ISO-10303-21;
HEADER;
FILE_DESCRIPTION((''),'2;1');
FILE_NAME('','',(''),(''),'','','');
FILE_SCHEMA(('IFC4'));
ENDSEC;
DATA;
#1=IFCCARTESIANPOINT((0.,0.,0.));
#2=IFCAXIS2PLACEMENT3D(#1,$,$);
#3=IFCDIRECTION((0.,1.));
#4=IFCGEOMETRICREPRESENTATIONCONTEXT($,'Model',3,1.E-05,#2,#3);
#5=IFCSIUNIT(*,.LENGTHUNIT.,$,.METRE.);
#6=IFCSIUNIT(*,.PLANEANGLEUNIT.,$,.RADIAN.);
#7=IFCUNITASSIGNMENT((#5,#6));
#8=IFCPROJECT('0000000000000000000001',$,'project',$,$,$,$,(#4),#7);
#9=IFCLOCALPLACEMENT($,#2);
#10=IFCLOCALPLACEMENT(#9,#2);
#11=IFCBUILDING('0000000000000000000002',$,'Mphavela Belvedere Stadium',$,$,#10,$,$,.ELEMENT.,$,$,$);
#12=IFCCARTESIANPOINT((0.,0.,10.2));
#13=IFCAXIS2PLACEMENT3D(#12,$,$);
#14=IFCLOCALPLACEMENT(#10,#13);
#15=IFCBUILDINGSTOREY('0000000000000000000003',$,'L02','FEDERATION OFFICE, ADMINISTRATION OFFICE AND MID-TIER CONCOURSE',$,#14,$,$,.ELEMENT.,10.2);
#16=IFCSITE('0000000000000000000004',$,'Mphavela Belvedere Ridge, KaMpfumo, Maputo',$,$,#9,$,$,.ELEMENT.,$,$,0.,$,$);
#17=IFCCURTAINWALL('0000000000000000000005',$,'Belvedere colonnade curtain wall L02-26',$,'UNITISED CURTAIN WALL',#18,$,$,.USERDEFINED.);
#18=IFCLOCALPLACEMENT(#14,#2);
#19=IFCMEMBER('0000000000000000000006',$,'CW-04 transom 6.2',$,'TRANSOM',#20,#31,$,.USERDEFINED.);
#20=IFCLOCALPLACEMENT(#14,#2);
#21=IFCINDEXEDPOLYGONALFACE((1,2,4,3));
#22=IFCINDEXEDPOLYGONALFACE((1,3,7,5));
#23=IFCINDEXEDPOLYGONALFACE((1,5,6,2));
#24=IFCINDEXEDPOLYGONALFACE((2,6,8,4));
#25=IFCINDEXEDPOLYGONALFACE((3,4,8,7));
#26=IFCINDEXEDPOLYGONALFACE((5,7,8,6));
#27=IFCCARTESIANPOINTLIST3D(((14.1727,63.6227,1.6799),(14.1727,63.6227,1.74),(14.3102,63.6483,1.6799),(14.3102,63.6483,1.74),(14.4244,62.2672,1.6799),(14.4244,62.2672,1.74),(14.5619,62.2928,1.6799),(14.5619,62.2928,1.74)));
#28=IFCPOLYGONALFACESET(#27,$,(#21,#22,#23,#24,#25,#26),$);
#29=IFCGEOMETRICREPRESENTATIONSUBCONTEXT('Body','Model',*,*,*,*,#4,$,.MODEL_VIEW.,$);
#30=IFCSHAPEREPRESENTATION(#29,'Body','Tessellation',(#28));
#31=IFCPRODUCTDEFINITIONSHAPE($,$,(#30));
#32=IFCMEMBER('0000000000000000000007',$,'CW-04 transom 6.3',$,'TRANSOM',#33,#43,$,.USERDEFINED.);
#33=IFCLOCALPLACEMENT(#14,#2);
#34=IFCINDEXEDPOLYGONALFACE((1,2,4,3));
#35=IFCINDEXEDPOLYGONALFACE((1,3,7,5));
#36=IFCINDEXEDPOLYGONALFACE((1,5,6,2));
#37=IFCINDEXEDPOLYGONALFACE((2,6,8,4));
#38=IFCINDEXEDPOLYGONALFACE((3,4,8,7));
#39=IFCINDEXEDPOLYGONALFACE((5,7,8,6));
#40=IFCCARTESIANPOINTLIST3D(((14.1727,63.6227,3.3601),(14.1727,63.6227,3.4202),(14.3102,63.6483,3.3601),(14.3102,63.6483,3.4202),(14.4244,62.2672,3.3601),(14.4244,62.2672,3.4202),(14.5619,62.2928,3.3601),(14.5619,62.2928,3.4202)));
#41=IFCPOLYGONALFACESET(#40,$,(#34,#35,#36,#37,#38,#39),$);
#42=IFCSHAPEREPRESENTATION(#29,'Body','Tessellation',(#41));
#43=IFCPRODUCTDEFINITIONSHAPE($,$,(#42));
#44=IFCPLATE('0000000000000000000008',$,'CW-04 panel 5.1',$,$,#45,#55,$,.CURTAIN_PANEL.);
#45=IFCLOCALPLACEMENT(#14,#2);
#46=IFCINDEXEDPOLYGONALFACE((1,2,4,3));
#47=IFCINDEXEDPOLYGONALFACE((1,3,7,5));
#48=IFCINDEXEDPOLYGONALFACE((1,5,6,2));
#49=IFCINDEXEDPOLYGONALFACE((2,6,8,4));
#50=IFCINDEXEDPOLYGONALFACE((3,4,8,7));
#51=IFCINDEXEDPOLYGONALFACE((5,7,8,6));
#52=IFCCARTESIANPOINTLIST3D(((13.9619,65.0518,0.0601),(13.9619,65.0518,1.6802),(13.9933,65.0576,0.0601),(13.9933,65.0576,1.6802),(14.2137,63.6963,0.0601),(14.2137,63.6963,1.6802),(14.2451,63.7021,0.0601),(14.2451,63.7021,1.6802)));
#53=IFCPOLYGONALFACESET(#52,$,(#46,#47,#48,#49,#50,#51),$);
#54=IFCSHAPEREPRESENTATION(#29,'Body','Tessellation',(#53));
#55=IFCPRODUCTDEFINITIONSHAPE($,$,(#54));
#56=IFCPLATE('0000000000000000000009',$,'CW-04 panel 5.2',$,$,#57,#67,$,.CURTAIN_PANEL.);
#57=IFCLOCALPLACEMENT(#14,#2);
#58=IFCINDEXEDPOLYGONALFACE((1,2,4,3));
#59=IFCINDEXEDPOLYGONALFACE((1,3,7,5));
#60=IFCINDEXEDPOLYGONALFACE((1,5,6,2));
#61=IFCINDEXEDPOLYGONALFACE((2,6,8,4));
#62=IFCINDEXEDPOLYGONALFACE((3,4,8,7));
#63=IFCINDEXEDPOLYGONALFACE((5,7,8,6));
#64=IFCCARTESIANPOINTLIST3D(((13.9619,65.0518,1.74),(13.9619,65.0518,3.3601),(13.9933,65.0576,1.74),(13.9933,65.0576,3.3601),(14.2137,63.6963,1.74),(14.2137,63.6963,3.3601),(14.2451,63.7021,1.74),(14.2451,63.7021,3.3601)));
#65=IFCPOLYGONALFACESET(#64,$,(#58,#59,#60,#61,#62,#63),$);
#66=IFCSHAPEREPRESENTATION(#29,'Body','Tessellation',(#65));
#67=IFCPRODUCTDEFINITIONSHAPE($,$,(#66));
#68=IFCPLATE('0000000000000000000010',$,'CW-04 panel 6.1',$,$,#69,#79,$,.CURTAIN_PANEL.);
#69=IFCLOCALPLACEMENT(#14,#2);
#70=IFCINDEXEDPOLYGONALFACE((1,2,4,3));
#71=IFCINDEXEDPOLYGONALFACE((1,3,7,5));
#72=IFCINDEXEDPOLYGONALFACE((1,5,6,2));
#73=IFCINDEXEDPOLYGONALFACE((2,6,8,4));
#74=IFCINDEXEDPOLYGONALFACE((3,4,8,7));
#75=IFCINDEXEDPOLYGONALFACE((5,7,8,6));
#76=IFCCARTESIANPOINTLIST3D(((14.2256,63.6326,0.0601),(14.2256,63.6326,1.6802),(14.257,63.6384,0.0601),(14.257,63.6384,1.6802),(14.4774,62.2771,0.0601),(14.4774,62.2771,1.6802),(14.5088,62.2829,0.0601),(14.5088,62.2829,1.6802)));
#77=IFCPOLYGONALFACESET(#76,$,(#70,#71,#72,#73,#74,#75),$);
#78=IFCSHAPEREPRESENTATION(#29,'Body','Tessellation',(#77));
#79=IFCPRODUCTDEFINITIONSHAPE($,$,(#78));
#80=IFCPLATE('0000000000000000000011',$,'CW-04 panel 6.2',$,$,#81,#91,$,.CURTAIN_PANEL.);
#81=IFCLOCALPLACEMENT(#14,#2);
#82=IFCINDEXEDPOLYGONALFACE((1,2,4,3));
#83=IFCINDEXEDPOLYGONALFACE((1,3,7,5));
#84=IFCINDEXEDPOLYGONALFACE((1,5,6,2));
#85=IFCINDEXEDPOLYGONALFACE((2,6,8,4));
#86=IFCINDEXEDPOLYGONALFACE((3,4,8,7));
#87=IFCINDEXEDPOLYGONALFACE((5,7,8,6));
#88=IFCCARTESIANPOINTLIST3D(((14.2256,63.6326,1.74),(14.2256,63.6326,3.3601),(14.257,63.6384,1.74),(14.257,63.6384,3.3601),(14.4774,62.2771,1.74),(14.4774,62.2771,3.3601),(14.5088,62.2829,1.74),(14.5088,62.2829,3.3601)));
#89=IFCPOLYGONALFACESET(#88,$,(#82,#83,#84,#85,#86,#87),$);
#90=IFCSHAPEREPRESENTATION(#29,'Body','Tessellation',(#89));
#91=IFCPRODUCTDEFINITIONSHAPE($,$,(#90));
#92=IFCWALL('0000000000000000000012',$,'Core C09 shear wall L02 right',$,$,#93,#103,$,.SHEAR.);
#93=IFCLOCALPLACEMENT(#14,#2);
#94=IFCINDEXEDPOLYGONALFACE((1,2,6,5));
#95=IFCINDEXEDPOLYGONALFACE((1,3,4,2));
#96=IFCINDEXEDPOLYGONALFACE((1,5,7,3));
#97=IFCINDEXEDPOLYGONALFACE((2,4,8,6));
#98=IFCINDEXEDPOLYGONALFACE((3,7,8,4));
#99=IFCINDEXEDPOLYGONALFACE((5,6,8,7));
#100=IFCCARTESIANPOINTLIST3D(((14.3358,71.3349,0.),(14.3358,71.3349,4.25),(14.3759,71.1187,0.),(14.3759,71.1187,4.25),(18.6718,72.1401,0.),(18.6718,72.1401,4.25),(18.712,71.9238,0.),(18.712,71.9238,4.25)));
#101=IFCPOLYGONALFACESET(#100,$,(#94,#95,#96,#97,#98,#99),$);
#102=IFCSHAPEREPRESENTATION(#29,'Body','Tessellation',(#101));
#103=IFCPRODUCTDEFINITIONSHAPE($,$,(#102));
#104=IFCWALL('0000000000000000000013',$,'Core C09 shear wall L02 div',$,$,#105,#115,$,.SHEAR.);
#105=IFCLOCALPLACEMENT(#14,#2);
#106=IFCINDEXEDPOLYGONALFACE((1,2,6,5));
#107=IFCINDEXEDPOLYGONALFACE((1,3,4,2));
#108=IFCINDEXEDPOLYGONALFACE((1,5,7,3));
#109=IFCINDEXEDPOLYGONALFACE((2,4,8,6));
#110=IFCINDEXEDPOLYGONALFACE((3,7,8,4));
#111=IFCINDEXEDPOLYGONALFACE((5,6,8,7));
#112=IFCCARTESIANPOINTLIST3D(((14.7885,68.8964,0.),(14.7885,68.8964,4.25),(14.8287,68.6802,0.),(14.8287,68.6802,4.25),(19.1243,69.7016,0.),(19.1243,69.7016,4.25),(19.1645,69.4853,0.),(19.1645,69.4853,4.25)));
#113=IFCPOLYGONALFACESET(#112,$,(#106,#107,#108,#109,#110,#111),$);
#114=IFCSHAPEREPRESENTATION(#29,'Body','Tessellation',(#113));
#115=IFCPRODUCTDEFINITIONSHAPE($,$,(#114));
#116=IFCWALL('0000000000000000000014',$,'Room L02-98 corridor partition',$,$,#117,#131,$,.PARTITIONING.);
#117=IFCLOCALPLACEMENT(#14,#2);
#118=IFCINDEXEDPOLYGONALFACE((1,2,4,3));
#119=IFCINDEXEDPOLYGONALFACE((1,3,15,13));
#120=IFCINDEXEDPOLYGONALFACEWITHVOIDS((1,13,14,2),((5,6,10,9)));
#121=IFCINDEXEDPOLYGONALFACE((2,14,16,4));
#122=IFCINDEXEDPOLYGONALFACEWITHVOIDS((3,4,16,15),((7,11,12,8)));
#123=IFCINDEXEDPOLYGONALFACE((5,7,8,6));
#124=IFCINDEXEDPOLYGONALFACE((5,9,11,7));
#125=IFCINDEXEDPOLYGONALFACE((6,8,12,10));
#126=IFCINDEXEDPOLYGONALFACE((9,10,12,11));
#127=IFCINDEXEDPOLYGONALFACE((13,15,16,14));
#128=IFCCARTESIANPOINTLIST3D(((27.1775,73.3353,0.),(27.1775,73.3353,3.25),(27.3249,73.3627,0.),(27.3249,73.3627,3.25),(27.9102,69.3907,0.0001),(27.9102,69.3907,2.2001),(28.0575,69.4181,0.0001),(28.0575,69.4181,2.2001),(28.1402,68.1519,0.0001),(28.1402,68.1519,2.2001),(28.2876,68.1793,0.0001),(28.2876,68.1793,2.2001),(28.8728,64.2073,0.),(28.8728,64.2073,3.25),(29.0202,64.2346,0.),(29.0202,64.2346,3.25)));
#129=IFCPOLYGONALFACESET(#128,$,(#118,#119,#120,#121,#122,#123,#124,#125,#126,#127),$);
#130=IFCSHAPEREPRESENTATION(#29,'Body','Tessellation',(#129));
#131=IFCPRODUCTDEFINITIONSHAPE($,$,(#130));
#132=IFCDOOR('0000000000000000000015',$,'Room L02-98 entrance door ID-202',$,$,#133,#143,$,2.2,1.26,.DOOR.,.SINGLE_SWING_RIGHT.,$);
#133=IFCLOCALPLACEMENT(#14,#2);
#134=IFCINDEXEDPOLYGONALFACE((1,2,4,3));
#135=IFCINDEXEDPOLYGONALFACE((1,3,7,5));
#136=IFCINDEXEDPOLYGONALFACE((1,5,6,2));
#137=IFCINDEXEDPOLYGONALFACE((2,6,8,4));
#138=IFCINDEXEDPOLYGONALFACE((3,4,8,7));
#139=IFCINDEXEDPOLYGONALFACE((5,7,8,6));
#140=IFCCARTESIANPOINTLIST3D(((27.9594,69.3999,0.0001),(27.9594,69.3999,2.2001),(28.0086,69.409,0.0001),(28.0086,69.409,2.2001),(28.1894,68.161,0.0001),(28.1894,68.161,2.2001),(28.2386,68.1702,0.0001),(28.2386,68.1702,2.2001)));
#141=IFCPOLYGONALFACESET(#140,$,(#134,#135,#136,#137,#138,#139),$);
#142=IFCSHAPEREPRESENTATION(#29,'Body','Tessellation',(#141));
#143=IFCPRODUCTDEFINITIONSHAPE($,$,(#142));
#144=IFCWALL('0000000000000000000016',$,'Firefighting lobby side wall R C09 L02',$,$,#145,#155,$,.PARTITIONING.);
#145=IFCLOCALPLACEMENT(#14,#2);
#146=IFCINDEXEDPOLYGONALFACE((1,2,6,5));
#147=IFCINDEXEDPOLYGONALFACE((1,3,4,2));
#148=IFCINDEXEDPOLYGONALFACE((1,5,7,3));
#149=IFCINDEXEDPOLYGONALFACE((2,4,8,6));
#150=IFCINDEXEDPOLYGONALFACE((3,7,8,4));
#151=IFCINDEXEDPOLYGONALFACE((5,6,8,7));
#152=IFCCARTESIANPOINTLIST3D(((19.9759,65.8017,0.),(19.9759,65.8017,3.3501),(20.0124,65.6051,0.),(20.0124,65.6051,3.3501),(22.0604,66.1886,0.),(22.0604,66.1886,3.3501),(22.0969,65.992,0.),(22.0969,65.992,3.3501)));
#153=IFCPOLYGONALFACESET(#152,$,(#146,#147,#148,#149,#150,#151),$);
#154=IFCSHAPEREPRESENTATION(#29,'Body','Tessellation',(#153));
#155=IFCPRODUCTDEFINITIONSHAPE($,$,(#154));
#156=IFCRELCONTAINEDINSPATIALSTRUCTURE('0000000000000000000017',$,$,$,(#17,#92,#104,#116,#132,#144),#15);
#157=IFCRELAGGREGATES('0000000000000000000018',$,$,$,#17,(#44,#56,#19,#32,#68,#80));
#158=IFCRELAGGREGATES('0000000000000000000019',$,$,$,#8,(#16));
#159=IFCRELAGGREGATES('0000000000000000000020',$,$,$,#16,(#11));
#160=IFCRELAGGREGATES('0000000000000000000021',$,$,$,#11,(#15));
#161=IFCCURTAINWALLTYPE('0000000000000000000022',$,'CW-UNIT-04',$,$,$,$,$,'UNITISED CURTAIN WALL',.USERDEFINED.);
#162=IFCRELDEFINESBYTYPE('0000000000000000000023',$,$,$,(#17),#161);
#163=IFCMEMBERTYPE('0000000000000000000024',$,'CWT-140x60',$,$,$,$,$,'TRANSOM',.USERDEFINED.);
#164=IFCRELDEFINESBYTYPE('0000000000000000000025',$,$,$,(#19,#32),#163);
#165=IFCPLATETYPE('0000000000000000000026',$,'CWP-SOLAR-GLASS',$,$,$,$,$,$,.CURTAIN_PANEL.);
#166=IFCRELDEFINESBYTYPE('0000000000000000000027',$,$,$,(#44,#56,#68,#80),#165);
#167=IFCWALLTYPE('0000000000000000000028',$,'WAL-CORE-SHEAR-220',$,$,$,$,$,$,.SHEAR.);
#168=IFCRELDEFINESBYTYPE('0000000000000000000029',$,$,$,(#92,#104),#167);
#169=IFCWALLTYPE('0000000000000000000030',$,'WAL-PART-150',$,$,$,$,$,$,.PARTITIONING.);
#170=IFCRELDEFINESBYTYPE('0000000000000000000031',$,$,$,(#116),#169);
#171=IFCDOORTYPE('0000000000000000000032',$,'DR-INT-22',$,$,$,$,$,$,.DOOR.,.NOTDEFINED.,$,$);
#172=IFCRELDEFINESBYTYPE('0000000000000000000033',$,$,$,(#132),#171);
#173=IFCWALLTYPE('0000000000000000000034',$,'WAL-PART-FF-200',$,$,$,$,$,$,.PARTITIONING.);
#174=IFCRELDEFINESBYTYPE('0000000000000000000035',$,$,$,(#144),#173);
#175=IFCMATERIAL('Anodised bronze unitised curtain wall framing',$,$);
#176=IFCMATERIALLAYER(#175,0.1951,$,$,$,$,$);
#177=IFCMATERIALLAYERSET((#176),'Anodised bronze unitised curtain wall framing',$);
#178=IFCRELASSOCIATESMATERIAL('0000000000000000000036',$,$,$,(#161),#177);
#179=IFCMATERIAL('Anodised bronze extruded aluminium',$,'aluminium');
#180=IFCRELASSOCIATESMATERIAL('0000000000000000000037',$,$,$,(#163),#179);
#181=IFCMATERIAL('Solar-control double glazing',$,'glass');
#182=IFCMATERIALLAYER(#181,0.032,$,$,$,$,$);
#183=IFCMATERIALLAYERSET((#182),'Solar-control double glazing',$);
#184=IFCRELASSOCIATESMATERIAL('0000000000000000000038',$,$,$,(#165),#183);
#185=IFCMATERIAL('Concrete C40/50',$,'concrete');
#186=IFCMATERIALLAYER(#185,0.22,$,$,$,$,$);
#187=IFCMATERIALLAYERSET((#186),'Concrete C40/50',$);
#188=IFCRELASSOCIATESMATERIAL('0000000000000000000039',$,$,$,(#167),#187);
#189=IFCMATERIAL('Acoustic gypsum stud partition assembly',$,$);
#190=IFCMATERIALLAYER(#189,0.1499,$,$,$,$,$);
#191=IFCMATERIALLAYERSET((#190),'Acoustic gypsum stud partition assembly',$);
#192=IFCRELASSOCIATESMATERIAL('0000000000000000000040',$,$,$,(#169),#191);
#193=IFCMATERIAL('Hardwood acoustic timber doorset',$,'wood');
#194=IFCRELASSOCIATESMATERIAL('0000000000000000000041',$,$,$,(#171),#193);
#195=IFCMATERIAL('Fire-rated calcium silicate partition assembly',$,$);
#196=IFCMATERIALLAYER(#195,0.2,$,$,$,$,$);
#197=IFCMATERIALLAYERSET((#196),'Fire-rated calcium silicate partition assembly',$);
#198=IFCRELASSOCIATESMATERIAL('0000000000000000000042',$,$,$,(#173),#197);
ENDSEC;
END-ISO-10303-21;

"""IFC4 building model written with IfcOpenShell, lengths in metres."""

from ifc_helpers import new_model, si_unit, direction, frame, frame_2d, origin, origin_2d, place, context, subcontext, project, spatial, rectangle, extrude, material, layer, layer_set, material_profile, profile_set, type_object, element, fill, aggregate, save


model = new_model("IFC4")

# Units and contexts
model_context = context("Model", 3, precision=1e-05, world=origin(), true_north=direction((0.0, 1.0)))
body_context = subcontext(model_context, "Body", "Model", "MODEL_VIEW")
ifc_project = project(units=[si_unit("LENGTHUNIT", "METRE"), si_unit("PLANEANGLEUNIT", "RADIAN")], contexts=[model_context])

# Site, building, storey
site_placement = place(None, origin())
site = spatial("IfcSite", under=ifc_project, at=site_placement, Name="Mphavela Belvedere Ridge, KaMpfumo, Maputo", CompositionType="ELEMENT", RefElevation=0.0)
building_placement = place(site_placement, origin())
building = spatial("IfcBuilding", under=site, at=building_placement, Name="Mphavela Belvedere Stadium", CompositionType="ELEMENT")
storey_placement = place(building_placement, frame((0.0, 0.0, 10.2)))
storey = spatial("IfcBuildingStorey", under=building, at=storey_placement, Name="L02", Description="FEDERATION OFFICE, ADMINISTRATION OFFICE AND MID-TIER CONCOURSE", CompositionType="ELEMENT", Elevation=10.2)

# Curtain wall, members, plates
ifc_material_1 = material(Name="Anodised bronze unitised curtain wall framing")
ifc_layer_1 = layer(ifc_material_1, 0.1951)
ifc_layer_set_1 = layer_set([ifc_layer_1], Name="Anodised bronze unitised curtain wall framing")
curtain_wall_type = type_object("IfcCurtainWallType", Name="CW-UNIT-04", ElementType="UNITISED CURTAIN WALL", PredefinedType="USERDEFINED", material=ifc_layer_set_1)
curtain_wall_placement = place(storey_placement, origin())
curtain_wall = element("IfcCurtainWall", 1, at=curtain_wall_placement, inside=storey, type_object=curtain_wall_type, Name="Belvedere colonnade curtain wall L02-26", ObjectType="UNITISED CURTAIN WALL", PredefinedType="USERDEFINED")
ifc_material_2 = material(Name="Anodised bronze extruded aluminium", Category="aluminium")
ifc_material_profile_1 = material_profile(ifc_material_2, rectangle(XDim=0.1399, YDim=0.0601, at=origin_2d()), Name="CW-TRN 140x60")
ifc_profile_set_1 = profile_set([ifc_material_profile_1], Name="Anodised bronze extruded aluminium")
member_type_1 = type_object("IfcMemberType", Name="CWT-140x60", ElementType="TRANSOM", PredefinedType="USERDEFINED", material=ifc_profile_set_1)
member_1_placement = place(storey_placement, frame((14.2415, 63.6355, 1.71), z_axis=(0.182578, -0.983191, 0.0), x_axis=(0.983191, 0.182578, 0.0)))
member_1 = element("IfcMember", 2, at=member_1_placement, type_object=member_type_1, Name="CW-04 transom 6.2", ObjectType="TRANSOM", PredefinedType="USERDEFINED", context=body_context, shape_type="SweptSolid", body=[
    extrude(rectangle(XDim=0.1399, YDim=0.0601, at=origin_2d()), origin(), (0.0, 0.0, 1.0), 1.3787),
])
member_2_placement = place(storey_placement, frame((14.2415, 63.6355, 3.3901), z_axis=(0.182578, -0.983191, 0.0), x_axis=(0.983191, 0.182578, 0.0)))
member_2 = element("IfcMember", 3, at=member_2_placement, type_object=member_type_1, Name="CW-04 transom 6.3", ObjectType="TRANSOM", PredefinedType="USERDEFINED", context=body_context, shape_type="SweptSolid", body=[
    extrude(rectangle(XDim=0.1399, YDim=0.0601, at=origin_2d()), origin(), (0.0, 0.0, 1.0), 1.3787),
])
ifc_material_3 = material(Name="Solar-control double glazing", Category="glass")
ifc_layer_2 = layer(ifc_material_3, 0.032)
ifc_layer_set_2 = layer_set([ifc_layer_2], Name="Solar-control double glazing")
plate_type = type_object("IfcPlateType", Name="CWP-SOLAR-GLASS", PredefinedType="CURTAIN_PANEL", material=ifc_layer_set_2)
plate_1_placement = place(storey_placement, frame((14.1035, 64.377, 0.0601), z_axis=(0.0, 0.0, 1.0), x_axis=(0.182625, -0.983183, 0.0)))
plate_1 = element("IfcPlate", 4, at=plate_1_placement, type_object=plate_type, Name="CW-04 panel 5.1", PredefinedType="CURTAIN_PANEL", context=body_context, shape_type="SweptSolid", body=[
    extrude(rectangle(XDim=1.3787, YDim=0.032, at=origin_2d()), origin(), (0.0, 0.0, 1.0), 1.6201),
])
plate_2_placement = place(storey_placement, frame((14.1035, 64.377, 1.74), z_axis=(0.0, 0.0, 1.0), x_axis=(0.182625, -0.983183, 0.0)))
plate_2 = element("IfcPlate", 5, at=plate_2_placement, type_object=plate_type, Name="CW-04 panel 5.2", PredefinedType="CURTAIN_PANEL", context=body_context, shape_type="SweptSolid", body=[
    extrude(rectangle(XDim=1.3787, YDim=0.032, at=origin_2d()), origin(), (0.0, 0.0, 1.0), 1.6201),
])
plate_3_placement = place(storey_placement, frame((14.3672, 62.9578, 0.0601), z_axis=(0.0, 0.0, 1.0), x_axis=(0.182625, -0.983183, 0.0)))
plate_3 = element("IfcPlate", 6, at=plate_3_placement, type_object=plate_type, Name="CW-04 panel 6.1", PredefinedType="CURTAIN_PANEL", context=body_context, shape_type="SweptSolid", body=[
    extrude(rectangle(XDim=1.3787, YDim=0.032, at=origin_2d()), origin(), (0.0, 0.0, 1.0), 1.6201),
])
plate_4_placement = place(storey_placement, frame((14.3672, 62.9578, 1.74), z_axis=(0.0, 0.0, 1.0), x_axis=(0.182625, -0.983183, 0.0)))
plate_4 = element("IfcPlate", 7, at=plate_4_placement, type_object=plate_type, Name="CW-04 panel 6.2", PredefinedType="CURTAIN_PANEL", context=body_context, shape_type="SweptSolid", body=[
    extrude(rectangle(XDim=1.3787, YDim=0.032, at=origin_2d()), origin(), (0.0, 0.0, 1.0), 1.6201),
])
aggregate(curtain_wall, [plate_1, plate_2, member_1, member_2, plate_3, plate_4])

# Walls
ifc_material_4 = material(Name="Concrete C40/50", Category="concrete")
ifc_layer_3 = layer(ifc_material_4, 0.22)
ifc_layer_set_3 = layer_set([ifc_layer_3], Name="Concrete C40/50")
wall_type_1 = type_object("IfcWallType", Name="WAL-CORE-SHEAR-220", PredefinedType="SHEAR", material=ifc_layer_set_3)
wall_1_placement = place(storey_placement, frame((18.6919, 72.032, 0.0), z_axis=(0.0, 0.0, 1.0), x_axis=(-0.983192, -0.182577, 0.0)))
element("IfcWall", 8, at=wall_1_placement, inside=storey, type_object=wall_type_1, Name="Core C09 shear wall L02 right", PredefinedType="SHEAR", context=body_context, shape_type="SweptSolid", body=[
    extrude(rectangle(XDim=4.4102, YDim=0.22, at=frame_2d((2.2051, 0.0))), origin(), (0.0, 0.0, 1.0), 4.25),
])
wall_2_placement = place(storey_placement, frame((19.1445, 69.5935, 0.0), z_axis=(0.0, 0.0, 1.0), x_axis=(-0.98319, -0.182587, 0.0)))
element("IfcWall", 9, at=wall_2_placement, inside=storey, type_object=wall_type_1, Name="Core C09 shear wall L02 div", PredefinedType="SHEAR", context=body_context, shape_type="SweptSolid", body=[
    extrude(rectangle(XDim=4.4099, YDim=0.22, at=frame_2d((2.2051, 0.0))), origin(), (0.0, 0.0, 1.0), 4.25),
])

# Wall, opening, door
ifc_material_5 = material(Name="Acoustic gypsum stud partition assembly")
ifc_layer_4 = layer(ifc_material_5, 0.1499)
ifc_layer_set_4 = layer_set([ifc_layer_4], Name="Acoustic gypsum stud partition assembly")
wall_type_2 = type_object("IfcWallType", Name="WAL-PART-150", PredefinedType="PARTITIONING", material=ifc_layer_set_4)
wall_3_placement = place(storey_placement, frame((28.9465, 64.2209, 0.0), z_axis=(0.0, 0.0, 1.0), x_axis=(-0.182601, 0.983187, 0.0)))
wall_3 = element("IfcWall", 10, at=wall_3_placement, inside=storey, type_object=wall_type_2, Name="Room L02-98 corridor partition", PredefinedType="PARTITIONING", context=body_context, shape_type="SweptSolid", body=[
    extrude(rectangle(XDim=9.2842, YDim=0.1499, at=frame_2d((4.6421, 0.0))), origin(), (0.0, 0.0, 1.0), 3.25),
])
opening_placement = place(wall_3_placement, frame((4.0122, 0.0, 0.0)))
opening = element("IfcOpeningElement", 11, at=opening_placement, cuts=wall_3, PredefinedType="OPENING", context=body_context, shape_type="SweptSolid", body=[
    extrude(rectangle(XDim=1.26, YDim=2.2, at=frame_2d((0.6299, 1.1001))), frame((0.0, 0.085, 0.0), z_axis=(0.0, -1.0, 0.0), x_axis=(1.0, 0.0, 0.0)), (0.0, 0.0, 1.0), 0.1699),
])
ifc_material_6 = material(Name="Hardwood acoustic timber doorset", Category="wood")
door_type = type_object("IfcDoorType", Name="DR-INT-22", OperationType="NOTDEFINED", PredefinedType="DOOR", material=ifc_material_6)
door_placement = place(opening_placement, origin())
door = element("IfcDoor", 12, at=door_placement, inside=storey, type_object=door_type, Name="Room L02-98 entrance door ID-202", OperationType="SINGLE_SWING_RIGHT", OverallHeight=2.2, OverallWidth=1.26, PredefinedType="DOOR", context=body_context, shape_type="SweptSolid", body=[
    extrude(rectangle(XDim=1.26, YDim=2.2, at=frame_2d((0.6299, 1.1001))), frame((0.0, 0.0249, 0.0), z_axis=(0.0, -1.0, 0.0), x_axis=(1.0, 0.0, 0.0)), (0.0, 0.0, 1.0), 0.05),
])
fill(opening, door)

# Wall
ifc_material_7 = material(Name="Fire-rated calcium silicate partition assembly")
ifc_layer_5 = layer(ifc_material_7, 0.2)
ifc_layer_set_5 = layer_set([ifc_layer_5], Name="Fire-rated calcium silicate partition assembly")
wall_type_3 = type_object("IfcWallType", Name="WAL-PART-FF-200", PredefinedType="PARTITIONING", material=ifc_layer_set_5)
wall_4_placement = place(storey_placement, frame((22.0786, 66.0903, 0.0), z_axis=(0.0, 0.0, 1.0), x_axis=(-0.983202, -0.182522, 0.0)))
element("IfcWall", 13, at=wall_4_placement, inside=storey, type_object=wall_type_3, Name="Firefighting lobby side wall R C09 L02", PredefinedType="PARTITIONING", context=body_context, shape_type="SweptSolid", body=[
    extrude(rectangle(XDim=2.1201, YDim=0.2, at=frame_2d((1.0601, 0.0))), origin(), (0.0, 0.0, 1.0), 3.3501),
])

save(model, "model.ifc")
